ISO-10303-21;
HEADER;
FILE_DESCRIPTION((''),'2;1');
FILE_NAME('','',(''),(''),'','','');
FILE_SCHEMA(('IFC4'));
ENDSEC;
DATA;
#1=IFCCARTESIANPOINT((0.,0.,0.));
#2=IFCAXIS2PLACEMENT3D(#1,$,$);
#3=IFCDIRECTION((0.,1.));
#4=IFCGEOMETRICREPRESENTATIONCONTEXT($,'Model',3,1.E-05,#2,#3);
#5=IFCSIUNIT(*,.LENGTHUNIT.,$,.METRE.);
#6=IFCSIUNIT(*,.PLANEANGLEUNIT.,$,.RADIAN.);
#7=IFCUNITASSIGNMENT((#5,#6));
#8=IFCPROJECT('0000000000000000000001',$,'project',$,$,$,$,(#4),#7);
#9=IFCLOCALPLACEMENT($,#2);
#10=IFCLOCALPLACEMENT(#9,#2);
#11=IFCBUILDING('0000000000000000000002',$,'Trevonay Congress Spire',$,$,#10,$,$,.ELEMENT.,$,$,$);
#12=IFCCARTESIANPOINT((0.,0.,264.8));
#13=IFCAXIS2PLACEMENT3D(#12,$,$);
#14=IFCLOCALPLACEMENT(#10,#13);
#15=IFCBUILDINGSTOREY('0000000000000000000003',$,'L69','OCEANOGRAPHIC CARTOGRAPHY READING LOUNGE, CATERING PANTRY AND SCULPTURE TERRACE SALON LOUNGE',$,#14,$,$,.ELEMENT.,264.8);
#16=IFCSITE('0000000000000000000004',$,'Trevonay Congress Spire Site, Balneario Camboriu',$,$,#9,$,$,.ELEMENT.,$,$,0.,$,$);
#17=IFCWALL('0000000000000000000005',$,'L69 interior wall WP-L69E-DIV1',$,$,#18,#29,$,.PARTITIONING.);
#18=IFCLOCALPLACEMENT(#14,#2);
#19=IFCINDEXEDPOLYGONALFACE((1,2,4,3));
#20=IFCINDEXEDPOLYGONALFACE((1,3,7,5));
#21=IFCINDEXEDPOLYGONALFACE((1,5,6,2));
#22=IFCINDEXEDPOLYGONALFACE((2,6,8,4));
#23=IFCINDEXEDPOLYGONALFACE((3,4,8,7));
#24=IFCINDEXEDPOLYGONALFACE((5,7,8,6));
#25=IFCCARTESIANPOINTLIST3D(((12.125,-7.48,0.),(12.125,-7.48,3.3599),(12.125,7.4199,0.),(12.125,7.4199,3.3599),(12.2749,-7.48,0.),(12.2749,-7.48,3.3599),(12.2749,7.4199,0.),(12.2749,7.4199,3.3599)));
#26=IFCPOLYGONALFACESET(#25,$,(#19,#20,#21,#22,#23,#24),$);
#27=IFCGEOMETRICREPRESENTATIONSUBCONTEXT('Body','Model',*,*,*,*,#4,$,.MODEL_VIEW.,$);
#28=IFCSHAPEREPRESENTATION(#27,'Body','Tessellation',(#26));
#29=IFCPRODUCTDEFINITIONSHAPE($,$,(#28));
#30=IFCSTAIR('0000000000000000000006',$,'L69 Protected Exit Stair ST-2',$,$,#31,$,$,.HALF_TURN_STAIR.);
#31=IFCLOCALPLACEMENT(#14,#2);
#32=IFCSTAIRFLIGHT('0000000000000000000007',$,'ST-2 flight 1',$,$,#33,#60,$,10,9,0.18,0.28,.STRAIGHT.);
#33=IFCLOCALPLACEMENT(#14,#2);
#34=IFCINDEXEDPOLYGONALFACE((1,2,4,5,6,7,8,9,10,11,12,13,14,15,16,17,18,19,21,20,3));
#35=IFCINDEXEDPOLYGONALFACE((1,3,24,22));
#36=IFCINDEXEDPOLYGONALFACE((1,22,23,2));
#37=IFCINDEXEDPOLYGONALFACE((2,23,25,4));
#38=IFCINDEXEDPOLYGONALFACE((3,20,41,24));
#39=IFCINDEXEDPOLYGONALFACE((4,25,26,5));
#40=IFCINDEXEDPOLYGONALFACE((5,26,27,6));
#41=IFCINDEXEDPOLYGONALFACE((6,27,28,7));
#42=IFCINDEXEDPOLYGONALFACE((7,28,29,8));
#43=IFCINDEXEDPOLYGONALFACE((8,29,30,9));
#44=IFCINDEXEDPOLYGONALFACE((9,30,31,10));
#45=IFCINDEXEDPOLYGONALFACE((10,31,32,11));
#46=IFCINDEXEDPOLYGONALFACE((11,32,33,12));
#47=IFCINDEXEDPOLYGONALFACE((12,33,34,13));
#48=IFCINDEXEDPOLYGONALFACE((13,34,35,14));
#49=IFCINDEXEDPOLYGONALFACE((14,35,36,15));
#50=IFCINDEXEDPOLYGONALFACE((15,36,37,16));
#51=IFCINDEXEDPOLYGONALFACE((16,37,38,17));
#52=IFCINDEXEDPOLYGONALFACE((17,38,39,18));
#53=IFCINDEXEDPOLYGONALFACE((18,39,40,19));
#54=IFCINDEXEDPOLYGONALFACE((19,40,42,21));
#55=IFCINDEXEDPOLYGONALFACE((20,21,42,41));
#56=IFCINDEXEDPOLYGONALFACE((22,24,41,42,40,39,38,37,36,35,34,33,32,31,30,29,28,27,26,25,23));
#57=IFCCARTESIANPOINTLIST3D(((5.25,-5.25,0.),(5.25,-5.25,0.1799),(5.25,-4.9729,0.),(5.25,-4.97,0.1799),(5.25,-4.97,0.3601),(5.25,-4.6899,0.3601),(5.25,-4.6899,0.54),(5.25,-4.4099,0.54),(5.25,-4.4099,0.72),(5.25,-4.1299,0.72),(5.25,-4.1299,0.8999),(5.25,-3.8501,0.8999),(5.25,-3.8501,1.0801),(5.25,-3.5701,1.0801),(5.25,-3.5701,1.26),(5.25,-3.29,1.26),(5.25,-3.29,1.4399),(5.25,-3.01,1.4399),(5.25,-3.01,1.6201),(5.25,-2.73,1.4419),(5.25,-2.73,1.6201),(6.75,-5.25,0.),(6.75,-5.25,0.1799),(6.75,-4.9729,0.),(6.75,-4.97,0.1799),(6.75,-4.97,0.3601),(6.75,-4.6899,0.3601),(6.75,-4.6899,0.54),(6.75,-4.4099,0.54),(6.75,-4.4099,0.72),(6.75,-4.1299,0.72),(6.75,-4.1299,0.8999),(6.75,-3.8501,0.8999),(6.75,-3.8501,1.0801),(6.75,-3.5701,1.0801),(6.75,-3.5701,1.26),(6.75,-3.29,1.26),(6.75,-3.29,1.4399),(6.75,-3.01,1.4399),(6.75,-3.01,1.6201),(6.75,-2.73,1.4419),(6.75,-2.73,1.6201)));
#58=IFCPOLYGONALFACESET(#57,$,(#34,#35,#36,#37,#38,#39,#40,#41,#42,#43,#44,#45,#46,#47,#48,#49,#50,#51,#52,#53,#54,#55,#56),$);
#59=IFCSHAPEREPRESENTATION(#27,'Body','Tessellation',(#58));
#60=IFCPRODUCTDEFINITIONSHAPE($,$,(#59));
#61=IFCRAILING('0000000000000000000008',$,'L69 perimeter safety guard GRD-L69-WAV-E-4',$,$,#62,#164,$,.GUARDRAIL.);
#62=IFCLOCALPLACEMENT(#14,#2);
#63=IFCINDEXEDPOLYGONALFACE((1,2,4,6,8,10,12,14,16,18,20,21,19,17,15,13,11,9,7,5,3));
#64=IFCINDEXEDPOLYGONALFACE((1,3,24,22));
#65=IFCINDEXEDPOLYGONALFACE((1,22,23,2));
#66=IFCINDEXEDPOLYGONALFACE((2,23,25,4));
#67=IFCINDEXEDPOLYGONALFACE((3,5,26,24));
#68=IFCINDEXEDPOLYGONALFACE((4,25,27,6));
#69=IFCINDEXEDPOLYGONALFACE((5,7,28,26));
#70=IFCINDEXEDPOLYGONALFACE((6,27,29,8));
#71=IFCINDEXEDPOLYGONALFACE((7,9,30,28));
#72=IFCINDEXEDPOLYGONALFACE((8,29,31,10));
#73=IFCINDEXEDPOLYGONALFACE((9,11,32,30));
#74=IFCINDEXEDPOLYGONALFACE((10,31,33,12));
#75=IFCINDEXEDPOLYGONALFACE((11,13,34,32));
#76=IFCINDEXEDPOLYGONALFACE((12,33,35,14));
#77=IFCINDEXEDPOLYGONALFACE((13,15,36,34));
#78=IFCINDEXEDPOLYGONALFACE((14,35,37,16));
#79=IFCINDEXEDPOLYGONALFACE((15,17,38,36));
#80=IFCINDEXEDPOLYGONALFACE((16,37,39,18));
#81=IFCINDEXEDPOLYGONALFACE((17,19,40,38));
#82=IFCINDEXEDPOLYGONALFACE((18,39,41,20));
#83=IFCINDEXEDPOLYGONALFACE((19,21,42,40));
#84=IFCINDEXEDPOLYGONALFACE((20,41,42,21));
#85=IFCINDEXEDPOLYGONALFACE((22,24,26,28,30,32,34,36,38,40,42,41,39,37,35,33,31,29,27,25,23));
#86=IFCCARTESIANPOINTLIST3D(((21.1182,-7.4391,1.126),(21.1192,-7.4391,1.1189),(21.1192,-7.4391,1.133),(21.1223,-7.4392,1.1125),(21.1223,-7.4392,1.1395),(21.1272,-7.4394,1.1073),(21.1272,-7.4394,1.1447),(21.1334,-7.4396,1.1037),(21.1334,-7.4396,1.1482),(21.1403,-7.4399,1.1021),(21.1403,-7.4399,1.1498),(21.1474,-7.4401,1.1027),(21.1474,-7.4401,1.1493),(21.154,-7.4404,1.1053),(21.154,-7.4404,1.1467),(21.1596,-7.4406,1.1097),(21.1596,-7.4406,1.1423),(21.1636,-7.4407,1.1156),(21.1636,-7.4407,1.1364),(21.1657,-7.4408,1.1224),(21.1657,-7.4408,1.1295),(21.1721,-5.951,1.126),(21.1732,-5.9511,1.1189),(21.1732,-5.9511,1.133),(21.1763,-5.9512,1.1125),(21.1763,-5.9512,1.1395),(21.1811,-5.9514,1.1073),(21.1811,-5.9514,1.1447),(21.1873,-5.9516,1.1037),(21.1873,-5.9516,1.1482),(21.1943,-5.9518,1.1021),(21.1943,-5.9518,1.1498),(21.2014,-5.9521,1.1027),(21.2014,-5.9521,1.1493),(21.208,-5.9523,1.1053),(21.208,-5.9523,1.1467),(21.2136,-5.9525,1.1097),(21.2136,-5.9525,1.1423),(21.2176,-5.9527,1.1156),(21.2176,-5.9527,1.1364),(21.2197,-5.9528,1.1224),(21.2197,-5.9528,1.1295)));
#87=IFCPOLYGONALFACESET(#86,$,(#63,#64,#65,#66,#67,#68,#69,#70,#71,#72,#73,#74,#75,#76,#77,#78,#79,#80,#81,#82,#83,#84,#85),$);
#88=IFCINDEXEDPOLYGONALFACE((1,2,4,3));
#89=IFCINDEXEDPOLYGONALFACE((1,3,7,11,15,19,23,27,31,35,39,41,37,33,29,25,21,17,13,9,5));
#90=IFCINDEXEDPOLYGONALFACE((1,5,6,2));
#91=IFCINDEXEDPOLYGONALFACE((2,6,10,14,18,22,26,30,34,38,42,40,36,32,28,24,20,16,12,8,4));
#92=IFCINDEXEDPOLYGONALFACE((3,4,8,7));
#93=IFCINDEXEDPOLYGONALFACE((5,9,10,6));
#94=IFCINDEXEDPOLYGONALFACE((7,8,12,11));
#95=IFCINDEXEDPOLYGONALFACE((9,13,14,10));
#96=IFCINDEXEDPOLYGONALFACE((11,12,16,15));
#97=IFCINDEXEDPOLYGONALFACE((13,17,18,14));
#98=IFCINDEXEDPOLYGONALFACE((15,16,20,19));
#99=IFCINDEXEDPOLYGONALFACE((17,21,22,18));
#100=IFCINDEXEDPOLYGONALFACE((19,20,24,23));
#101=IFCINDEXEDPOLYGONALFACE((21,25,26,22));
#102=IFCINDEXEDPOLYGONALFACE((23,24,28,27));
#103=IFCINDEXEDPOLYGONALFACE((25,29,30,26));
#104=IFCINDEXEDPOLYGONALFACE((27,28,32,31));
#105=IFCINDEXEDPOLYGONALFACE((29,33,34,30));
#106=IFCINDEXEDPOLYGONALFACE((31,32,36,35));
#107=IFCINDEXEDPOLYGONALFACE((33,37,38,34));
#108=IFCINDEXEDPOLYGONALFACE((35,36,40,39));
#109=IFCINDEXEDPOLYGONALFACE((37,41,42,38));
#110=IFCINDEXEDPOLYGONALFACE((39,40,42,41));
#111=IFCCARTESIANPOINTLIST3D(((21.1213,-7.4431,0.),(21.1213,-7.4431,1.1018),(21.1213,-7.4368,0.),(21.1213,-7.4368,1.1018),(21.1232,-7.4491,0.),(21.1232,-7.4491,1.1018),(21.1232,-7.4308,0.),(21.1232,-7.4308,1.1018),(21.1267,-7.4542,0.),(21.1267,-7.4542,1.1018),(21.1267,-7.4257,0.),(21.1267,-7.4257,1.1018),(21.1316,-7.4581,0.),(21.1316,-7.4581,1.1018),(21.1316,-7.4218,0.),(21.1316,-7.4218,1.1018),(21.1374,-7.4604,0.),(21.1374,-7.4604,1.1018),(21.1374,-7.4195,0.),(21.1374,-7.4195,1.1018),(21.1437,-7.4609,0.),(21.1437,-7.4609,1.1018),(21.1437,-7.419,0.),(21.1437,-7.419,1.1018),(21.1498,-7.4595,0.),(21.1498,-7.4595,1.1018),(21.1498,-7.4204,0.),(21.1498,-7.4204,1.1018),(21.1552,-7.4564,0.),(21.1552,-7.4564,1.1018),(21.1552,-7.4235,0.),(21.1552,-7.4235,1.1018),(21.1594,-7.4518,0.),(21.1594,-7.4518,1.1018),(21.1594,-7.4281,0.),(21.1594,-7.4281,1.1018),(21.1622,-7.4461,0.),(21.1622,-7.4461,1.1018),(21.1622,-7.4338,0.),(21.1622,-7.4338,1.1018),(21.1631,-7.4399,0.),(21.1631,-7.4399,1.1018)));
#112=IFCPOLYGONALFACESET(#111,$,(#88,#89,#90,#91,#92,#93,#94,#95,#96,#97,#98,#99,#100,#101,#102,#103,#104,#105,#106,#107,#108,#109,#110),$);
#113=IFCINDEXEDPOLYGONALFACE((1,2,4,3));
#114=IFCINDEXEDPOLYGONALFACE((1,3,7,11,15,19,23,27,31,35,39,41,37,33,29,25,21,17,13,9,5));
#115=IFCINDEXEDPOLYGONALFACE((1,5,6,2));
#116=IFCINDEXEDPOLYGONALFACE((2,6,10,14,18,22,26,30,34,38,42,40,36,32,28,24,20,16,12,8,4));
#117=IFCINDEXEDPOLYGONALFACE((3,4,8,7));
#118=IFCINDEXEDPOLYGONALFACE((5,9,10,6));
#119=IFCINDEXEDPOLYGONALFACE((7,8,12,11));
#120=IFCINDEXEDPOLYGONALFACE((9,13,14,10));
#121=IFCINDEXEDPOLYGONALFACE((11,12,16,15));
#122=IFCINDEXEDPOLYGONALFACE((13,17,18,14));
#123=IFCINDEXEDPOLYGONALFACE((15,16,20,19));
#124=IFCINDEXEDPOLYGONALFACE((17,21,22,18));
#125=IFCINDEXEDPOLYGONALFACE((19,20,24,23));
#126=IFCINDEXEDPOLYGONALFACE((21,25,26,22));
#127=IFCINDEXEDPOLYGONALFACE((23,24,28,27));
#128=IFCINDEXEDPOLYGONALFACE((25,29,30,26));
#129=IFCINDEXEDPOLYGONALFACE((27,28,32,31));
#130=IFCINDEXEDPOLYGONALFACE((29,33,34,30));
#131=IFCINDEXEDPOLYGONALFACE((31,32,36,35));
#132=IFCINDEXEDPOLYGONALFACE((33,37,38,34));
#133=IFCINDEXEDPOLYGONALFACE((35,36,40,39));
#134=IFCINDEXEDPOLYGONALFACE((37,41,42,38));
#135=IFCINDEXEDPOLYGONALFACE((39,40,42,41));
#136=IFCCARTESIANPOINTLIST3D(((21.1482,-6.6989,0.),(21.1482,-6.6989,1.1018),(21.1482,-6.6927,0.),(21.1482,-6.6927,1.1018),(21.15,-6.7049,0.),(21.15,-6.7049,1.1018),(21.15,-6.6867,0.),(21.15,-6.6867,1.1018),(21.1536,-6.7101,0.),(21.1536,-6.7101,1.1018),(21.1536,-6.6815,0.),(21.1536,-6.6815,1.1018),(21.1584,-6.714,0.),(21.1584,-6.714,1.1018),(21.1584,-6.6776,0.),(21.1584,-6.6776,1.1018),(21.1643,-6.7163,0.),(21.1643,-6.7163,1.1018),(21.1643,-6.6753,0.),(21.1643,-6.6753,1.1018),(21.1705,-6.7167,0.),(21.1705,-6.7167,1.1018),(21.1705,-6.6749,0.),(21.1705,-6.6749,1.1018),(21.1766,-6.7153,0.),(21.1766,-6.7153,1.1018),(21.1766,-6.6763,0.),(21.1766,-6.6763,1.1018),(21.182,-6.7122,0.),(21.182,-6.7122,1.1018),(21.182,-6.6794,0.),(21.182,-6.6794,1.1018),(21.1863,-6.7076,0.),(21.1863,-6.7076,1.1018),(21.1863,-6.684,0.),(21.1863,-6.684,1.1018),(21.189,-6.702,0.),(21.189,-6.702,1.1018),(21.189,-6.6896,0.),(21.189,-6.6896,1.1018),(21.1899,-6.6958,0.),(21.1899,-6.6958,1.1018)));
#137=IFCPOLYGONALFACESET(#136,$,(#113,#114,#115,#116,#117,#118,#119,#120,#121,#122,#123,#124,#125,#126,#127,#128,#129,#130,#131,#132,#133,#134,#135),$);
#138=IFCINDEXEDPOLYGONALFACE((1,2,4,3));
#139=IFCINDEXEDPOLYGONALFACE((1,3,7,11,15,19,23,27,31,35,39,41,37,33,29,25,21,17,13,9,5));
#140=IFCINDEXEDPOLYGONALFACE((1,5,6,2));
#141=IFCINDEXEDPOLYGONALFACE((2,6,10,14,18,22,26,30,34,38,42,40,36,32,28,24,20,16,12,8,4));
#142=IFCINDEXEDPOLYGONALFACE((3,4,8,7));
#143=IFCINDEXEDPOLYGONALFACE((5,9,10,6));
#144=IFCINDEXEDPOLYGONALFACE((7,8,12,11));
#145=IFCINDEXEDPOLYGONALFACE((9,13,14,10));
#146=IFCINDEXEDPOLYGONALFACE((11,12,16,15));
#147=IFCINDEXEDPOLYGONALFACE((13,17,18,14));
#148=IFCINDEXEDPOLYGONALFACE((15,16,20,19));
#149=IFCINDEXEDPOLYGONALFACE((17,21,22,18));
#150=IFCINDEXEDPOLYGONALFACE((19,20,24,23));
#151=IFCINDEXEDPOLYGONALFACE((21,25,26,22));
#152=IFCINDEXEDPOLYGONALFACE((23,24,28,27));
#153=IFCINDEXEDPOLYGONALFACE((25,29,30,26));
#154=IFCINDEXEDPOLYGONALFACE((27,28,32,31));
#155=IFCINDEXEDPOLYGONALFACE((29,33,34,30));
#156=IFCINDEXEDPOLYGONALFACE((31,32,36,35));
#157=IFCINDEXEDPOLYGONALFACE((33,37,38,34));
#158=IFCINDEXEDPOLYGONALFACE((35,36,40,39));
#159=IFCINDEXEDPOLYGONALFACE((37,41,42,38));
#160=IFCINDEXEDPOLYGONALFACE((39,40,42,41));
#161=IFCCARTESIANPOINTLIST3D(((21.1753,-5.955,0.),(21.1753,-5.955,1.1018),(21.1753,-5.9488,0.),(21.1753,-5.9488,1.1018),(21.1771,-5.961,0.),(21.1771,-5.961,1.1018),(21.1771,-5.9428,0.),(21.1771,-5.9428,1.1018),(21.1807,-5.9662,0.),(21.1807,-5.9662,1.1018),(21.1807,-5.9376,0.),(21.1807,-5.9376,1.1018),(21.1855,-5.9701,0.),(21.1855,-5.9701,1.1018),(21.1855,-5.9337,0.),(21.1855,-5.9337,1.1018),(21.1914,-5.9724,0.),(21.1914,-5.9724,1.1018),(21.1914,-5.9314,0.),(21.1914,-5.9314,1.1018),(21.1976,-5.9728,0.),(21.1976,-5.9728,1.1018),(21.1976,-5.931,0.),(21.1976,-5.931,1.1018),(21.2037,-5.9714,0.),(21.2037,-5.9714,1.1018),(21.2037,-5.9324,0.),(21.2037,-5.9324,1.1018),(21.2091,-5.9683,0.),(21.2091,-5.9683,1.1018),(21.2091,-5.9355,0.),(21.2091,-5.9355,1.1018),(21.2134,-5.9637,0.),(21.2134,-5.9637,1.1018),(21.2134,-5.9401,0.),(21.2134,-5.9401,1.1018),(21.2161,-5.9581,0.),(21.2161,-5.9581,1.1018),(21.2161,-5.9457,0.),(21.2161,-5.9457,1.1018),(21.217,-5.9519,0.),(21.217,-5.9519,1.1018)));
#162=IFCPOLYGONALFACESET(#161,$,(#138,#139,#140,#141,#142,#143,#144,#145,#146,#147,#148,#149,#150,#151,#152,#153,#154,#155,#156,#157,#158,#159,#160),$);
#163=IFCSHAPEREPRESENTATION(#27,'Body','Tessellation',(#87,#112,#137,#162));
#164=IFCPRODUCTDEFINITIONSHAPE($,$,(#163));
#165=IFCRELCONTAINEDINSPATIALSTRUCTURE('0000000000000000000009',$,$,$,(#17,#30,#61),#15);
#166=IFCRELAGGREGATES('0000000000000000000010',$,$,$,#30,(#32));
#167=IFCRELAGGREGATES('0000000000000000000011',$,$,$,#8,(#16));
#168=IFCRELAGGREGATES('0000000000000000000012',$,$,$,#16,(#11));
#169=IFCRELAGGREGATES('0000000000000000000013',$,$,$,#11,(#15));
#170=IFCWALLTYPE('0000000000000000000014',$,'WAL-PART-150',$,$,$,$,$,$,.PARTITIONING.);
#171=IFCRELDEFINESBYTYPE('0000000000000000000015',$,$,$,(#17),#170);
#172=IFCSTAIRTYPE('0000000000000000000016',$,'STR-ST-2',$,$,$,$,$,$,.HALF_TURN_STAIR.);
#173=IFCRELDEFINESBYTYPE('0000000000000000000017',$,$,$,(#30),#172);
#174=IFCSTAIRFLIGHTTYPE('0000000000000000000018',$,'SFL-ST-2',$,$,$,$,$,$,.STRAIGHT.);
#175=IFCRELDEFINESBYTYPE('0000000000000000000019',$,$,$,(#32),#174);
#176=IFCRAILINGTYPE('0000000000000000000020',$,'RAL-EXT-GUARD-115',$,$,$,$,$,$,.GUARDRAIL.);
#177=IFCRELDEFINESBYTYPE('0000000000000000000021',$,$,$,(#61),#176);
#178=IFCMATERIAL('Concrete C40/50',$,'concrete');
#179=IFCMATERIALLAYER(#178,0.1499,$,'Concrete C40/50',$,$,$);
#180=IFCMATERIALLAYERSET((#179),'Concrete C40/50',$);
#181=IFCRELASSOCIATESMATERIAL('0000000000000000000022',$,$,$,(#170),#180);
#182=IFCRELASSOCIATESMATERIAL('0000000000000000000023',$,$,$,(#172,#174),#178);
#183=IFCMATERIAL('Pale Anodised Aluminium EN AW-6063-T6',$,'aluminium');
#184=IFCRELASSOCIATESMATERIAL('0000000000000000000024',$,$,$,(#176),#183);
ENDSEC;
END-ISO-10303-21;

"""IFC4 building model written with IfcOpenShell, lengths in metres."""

from ifc_helpers import new_model, si_unit, direction, frame, frame_2d, origin, origin_2d, place, context, subcontext, project, spatial, polyline, rectangle, circle, outline, extrude, material, layer, layer_set, type_object, element, aggregate, save


model = new_model("IFC4")

# Units and contexts
model_context = context("Model", 3, precision=1e-05, world=origin(), true_north=direction((0.0, 1.0)))
body_context = subcontext(model_context, "Body", "Model", "MODEL_VIEW")
ifc_project = project(units=[si_unit("LENGTHUNIT", "METRE"), si_unit("PLANEANGLEUNIT", "RADIAN")], contexts=[model_context])

# Site, building, storey
site_placement = place(None, origin())
site = spatial("IfcSite", under=ifc_project, at=site_placement, Name="Trevonay Congress Spire Site, Balneario Camboriu", CompositionType="ELEMENT", RefElevation=0.0)
building_placement = place(site_placement, origin())
building = spatial("IfcBuilding", under=site, at=building_placement, Name="Trevonay Congress Spire", CompositionType="ELEMENT")
storey_placement = place(building_placement, frame((0.0, 0.0, 264.8)))
storey = spatial("IfcBuildingStorey", under=building, at=storey_placement, Name="L69", Description="OCEANOGRAPHIC CARTOGRAPHY READING LOUNGE, CATERING PANTRY AND SCULPTURE TERRACE SALON LOUNGE", CompositionType="ELEMENT", Elevation=264.8)

# Shared definitions
ifc_material_1 = material(Name="Pale Anodised Aluminium EN AW-6063-T6", Category="aluminium")

# Shared definitions
ifc_material_2 = material(Name="Concrete C40/50", Category="concrete")

# Wall
ifc_layer_1 = layer(ifc_material_2, 0.1499, Name="Concrete C40/50")
ifc_layer_set_1 = layer_set([ifc_layer_1], Name="Concrete C40/50")
wall_type_1 = type_object("IfcWallType", Name="WAL-PART-150", PredefinedType="PARTITIONING", material=ifc_layer_set_1)
wall_1_placement = place(storey_placement, frame((12.2, -7.48, 0.0), z_axis=(0.0, 0.0, 1.0), x_axis=(0.0, 1.0, 0.0)))
element("IfcWall", 1, at=wall_1_placement, inside=storey, type_object=wall_type_1, Name="L69 interior wall WP-L69E-DIV1", PredefinedType="PARTITIONING", context=body_context, shape_type="SweptSolid", body=[
    extrude(rectangle(XDim=14.8999, YDim=0.1499, at=frame_2d((7.45, 0.0))), origin(), (0.0, 0.0, 1.0), 3.3599),
])

# Stair, stair flight
stair_type = type_object("IfcStairType", Name="STR-ST-2", PredefinedType="HALF_TURN_STAIR", material=ifc_material_2)
stair_placement = place(storey_placement, origin())
stair = element("IfcStair", 2, at=stair_placement, inside=storey, type_object=stair_type, Name="L69 Protected Exit Stair ST-2", PredefinedType="HALF_TURN_STAIR")
stair_flight_type = type_object("IfcStairFlightType", Name="SFL-ST-2", PredefinedType="STRAIGHT", material=ifc_material_2)
stair_flight_placement = place(storey_placement, frame((6.0, -5.25, 0.0), z_axis=(0.0, 0.0, 1.0), x_axis=(0.0, 1.0, 0.0)))
stair_flight = element("IfcStairFlight", 3, at=stair_flight_placement, type_object=stair_flight_type, Name="ST-2 flight 1", NumberOfRisers=10, NumberOfTreads=9, PredefinedType="STRAIGHT", RiserHeight=0.18, TreadLength=0.28, context=body_context, shape_type="SweptSolid", body=[
    extrude(outline(polyline([(0.0, 0.0), (0.0, 0.1799), (0.28, 0.1799), (0.28, 0.3601), (0.5601, 0.3601), (0.5601, 0.54), (0.8401, 0.54), (0.8401, 0.72), (1.1201, 0.72), (1.1201, 0.8999), (1.3999, 0.8999), (1.3999, 1.0801), (1.6799, 1.0801), (1.6799, 1.26), (1.96, 1.26), (1.96, 1.4399), (2.24, 1.4399), (2.24, 1.6201), (2.52, 1.6201), (2.52, 1.8), (2.52, 1.4419), (0.2771, 0.0), (0.0, 0.0)])), frame((0.0, 0.75, 0.0), z_axis=(0.0, -1.0, 0.0), x_axis=(1.0, 0.0, 0.0)), (0.0, 0.0, 1.0), 1.5),
])
aggregate(stair, [stair_flight])

# Railing
railing_type_1 = type_object("IfcRailingType", Name="RAL-EXT-GUARD-115", PredefinedType="GUARDRAIL", material=ifc_material_1)
railing_1_placement = place(storey_placement, frame((21.1421, -7.4399, 0.0)))
element("IfcRailing", 4, at=railing_1_placement, inside=storey, type_object=railing_type_1, Name="L69 perimeter safety guard GRD-L69-WAV-E-4", PredefinedType="GUARDRAIL", context=body_context, shape_type="SweptSolid", body=[
    extrude(circle(Radius=0.0239, at=origin_2d()), frame((0.0, 0.0, 1.126), z_axis=(0.036235, 0.999343, 0.0), x_axis=(-0.999343, 0.036235, 0.0)), (0.0, 0.0, 1.0), 1.489),
    extrude(circle(Radius=0.021, at=origin_2d()), origin(), (0.0, 0.0, 1.0), 1.1018),
    extrude(circle(Radius=0.021, at=origin_2d()), frame((0.0269, 0.7441, 0.0)), (0.0, 0.0, 1.0), 1.1018),
    extrude(circle(Radius=0.021, at=origin_2d()), frame((0.054, 1.488, 0.0)), (0.0, 0.0, 1.0), 1.1018),
])

save(model, "model.ifc")
